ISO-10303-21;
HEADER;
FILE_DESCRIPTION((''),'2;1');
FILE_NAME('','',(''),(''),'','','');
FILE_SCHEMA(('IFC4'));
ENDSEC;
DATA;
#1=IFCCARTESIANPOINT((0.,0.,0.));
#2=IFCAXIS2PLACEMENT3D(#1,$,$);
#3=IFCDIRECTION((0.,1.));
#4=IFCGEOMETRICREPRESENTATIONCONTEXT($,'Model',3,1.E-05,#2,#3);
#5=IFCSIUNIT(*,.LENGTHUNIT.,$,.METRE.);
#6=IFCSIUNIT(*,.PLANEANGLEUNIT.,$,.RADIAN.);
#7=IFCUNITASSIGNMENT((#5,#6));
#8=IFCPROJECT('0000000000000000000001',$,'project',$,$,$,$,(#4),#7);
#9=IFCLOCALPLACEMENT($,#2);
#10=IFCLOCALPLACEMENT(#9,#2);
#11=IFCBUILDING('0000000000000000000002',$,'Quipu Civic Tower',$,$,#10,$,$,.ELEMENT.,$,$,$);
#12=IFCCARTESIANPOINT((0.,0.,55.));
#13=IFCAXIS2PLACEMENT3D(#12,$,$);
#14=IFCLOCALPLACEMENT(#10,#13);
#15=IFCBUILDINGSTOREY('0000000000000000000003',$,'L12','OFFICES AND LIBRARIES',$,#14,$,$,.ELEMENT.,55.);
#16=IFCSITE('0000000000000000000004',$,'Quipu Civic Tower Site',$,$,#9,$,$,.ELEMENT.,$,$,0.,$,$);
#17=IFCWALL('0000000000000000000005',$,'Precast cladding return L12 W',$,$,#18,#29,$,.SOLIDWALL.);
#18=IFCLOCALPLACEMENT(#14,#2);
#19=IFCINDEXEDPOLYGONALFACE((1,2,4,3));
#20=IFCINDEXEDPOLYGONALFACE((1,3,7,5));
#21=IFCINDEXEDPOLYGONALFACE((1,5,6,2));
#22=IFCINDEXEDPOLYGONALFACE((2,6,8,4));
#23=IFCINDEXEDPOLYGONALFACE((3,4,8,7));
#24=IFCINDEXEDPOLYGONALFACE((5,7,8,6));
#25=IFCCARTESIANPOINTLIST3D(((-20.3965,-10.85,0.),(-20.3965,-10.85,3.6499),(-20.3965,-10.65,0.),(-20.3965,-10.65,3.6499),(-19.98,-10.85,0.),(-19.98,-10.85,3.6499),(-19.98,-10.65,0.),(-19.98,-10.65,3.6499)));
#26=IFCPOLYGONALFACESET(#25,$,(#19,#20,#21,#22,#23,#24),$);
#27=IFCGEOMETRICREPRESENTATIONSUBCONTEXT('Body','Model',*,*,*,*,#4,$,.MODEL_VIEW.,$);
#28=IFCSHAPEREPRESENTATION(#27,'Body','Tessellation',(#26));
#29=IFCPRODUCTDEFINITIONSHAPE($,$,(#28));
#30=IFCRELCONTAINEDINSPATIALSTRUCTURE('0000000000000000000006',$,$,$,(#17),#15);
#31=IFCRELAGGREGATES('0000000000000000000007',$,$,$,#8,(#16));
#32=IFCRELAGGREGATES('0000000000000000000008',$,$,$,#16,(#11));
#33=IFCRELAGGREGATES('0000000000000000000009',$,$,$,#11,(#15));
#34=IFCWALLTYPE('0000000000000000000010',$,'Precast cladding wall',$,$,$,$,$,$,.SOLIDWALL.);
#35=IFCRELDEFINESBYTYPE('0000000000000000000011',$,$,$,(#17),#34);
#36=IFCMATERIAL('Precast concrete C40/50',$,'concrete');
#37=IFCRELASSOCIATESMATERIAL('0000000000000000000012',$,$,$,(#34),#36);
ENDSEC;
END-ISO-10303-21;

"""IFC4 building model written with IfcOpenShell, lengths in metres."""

from ifc_helpers import new_model, si_unit, direction, frame, frame_2d, origin, place, context, subcontext, project, spatial, rectangle, extrude, material, type_object, element, save


model = new_model("IFC4")

# Units and contexts
model_context = context("Model", 3, precision=1e-05, world=origin(), true_north=direction((0.0, 1.0)))
body_context = subcontext(model_context, "Body", "Model", "MODEL_VIEW")
ifc_project = project(units=[si_unit("LENGTHUNIT", "METRE"), si_unit("PLANEANGLEUNIT", "RADIAN")], contexts=[model_context])

# Site, building, storey
site_placement = place(None, origin())
site = spatial("IfcSite", under=ifc_project, at=site_placement, Name="Quipu Civic Tower Site", CompositionType="ELEMENT", RefElevation=0.0)
building_placement = place(site_placement, origin())
building = spatial("IfcBuilding", under=site, at=building_placement, Name="Quipu Civic Tower", CompositionType="ELEMENT")
storey_placement = place(building_placement, frame((0.0, 0.0, 55.0)))
storey = spatial("IfcBuildingStorey", under=building, at=storey_placement, Name="L12", Description="OFFICES AND LIBRARIES", CompositionType="ELEMENT", Elevation=55.0)

# Wall
ifc_material_1 = material(Name="Precast concrete C40/50", Category="concrete")
wall_type_1 = type_object("IfcWallType", Name="Precast cladding wall", PredefinedType="SOLIDWALL", material=ifc_material_1)
wall_1_placement = place(storey_placement, frame((-19.98, -10.75, 0.0), z_axis=(0.0, 0.0, 1.0), x_axis=(-1.0, 0.0, 0.0)))
element("IfcWall", 1, at=wall_1_placement, inside=storey, type_object=wall_type_1, Name="Precast cladding return L12 W", PredefinedType="SOLIDWALL", context=body_context, shape_type="SweptSolid", body=[
    extrude(rectangle(XDim=0.4165, YDim=0.2, at=frame_2d((0.2083, 0.0))), origin(), (0.0, 0.0, 1.0), 3.6499),
])

save(model, "model.ifc")
